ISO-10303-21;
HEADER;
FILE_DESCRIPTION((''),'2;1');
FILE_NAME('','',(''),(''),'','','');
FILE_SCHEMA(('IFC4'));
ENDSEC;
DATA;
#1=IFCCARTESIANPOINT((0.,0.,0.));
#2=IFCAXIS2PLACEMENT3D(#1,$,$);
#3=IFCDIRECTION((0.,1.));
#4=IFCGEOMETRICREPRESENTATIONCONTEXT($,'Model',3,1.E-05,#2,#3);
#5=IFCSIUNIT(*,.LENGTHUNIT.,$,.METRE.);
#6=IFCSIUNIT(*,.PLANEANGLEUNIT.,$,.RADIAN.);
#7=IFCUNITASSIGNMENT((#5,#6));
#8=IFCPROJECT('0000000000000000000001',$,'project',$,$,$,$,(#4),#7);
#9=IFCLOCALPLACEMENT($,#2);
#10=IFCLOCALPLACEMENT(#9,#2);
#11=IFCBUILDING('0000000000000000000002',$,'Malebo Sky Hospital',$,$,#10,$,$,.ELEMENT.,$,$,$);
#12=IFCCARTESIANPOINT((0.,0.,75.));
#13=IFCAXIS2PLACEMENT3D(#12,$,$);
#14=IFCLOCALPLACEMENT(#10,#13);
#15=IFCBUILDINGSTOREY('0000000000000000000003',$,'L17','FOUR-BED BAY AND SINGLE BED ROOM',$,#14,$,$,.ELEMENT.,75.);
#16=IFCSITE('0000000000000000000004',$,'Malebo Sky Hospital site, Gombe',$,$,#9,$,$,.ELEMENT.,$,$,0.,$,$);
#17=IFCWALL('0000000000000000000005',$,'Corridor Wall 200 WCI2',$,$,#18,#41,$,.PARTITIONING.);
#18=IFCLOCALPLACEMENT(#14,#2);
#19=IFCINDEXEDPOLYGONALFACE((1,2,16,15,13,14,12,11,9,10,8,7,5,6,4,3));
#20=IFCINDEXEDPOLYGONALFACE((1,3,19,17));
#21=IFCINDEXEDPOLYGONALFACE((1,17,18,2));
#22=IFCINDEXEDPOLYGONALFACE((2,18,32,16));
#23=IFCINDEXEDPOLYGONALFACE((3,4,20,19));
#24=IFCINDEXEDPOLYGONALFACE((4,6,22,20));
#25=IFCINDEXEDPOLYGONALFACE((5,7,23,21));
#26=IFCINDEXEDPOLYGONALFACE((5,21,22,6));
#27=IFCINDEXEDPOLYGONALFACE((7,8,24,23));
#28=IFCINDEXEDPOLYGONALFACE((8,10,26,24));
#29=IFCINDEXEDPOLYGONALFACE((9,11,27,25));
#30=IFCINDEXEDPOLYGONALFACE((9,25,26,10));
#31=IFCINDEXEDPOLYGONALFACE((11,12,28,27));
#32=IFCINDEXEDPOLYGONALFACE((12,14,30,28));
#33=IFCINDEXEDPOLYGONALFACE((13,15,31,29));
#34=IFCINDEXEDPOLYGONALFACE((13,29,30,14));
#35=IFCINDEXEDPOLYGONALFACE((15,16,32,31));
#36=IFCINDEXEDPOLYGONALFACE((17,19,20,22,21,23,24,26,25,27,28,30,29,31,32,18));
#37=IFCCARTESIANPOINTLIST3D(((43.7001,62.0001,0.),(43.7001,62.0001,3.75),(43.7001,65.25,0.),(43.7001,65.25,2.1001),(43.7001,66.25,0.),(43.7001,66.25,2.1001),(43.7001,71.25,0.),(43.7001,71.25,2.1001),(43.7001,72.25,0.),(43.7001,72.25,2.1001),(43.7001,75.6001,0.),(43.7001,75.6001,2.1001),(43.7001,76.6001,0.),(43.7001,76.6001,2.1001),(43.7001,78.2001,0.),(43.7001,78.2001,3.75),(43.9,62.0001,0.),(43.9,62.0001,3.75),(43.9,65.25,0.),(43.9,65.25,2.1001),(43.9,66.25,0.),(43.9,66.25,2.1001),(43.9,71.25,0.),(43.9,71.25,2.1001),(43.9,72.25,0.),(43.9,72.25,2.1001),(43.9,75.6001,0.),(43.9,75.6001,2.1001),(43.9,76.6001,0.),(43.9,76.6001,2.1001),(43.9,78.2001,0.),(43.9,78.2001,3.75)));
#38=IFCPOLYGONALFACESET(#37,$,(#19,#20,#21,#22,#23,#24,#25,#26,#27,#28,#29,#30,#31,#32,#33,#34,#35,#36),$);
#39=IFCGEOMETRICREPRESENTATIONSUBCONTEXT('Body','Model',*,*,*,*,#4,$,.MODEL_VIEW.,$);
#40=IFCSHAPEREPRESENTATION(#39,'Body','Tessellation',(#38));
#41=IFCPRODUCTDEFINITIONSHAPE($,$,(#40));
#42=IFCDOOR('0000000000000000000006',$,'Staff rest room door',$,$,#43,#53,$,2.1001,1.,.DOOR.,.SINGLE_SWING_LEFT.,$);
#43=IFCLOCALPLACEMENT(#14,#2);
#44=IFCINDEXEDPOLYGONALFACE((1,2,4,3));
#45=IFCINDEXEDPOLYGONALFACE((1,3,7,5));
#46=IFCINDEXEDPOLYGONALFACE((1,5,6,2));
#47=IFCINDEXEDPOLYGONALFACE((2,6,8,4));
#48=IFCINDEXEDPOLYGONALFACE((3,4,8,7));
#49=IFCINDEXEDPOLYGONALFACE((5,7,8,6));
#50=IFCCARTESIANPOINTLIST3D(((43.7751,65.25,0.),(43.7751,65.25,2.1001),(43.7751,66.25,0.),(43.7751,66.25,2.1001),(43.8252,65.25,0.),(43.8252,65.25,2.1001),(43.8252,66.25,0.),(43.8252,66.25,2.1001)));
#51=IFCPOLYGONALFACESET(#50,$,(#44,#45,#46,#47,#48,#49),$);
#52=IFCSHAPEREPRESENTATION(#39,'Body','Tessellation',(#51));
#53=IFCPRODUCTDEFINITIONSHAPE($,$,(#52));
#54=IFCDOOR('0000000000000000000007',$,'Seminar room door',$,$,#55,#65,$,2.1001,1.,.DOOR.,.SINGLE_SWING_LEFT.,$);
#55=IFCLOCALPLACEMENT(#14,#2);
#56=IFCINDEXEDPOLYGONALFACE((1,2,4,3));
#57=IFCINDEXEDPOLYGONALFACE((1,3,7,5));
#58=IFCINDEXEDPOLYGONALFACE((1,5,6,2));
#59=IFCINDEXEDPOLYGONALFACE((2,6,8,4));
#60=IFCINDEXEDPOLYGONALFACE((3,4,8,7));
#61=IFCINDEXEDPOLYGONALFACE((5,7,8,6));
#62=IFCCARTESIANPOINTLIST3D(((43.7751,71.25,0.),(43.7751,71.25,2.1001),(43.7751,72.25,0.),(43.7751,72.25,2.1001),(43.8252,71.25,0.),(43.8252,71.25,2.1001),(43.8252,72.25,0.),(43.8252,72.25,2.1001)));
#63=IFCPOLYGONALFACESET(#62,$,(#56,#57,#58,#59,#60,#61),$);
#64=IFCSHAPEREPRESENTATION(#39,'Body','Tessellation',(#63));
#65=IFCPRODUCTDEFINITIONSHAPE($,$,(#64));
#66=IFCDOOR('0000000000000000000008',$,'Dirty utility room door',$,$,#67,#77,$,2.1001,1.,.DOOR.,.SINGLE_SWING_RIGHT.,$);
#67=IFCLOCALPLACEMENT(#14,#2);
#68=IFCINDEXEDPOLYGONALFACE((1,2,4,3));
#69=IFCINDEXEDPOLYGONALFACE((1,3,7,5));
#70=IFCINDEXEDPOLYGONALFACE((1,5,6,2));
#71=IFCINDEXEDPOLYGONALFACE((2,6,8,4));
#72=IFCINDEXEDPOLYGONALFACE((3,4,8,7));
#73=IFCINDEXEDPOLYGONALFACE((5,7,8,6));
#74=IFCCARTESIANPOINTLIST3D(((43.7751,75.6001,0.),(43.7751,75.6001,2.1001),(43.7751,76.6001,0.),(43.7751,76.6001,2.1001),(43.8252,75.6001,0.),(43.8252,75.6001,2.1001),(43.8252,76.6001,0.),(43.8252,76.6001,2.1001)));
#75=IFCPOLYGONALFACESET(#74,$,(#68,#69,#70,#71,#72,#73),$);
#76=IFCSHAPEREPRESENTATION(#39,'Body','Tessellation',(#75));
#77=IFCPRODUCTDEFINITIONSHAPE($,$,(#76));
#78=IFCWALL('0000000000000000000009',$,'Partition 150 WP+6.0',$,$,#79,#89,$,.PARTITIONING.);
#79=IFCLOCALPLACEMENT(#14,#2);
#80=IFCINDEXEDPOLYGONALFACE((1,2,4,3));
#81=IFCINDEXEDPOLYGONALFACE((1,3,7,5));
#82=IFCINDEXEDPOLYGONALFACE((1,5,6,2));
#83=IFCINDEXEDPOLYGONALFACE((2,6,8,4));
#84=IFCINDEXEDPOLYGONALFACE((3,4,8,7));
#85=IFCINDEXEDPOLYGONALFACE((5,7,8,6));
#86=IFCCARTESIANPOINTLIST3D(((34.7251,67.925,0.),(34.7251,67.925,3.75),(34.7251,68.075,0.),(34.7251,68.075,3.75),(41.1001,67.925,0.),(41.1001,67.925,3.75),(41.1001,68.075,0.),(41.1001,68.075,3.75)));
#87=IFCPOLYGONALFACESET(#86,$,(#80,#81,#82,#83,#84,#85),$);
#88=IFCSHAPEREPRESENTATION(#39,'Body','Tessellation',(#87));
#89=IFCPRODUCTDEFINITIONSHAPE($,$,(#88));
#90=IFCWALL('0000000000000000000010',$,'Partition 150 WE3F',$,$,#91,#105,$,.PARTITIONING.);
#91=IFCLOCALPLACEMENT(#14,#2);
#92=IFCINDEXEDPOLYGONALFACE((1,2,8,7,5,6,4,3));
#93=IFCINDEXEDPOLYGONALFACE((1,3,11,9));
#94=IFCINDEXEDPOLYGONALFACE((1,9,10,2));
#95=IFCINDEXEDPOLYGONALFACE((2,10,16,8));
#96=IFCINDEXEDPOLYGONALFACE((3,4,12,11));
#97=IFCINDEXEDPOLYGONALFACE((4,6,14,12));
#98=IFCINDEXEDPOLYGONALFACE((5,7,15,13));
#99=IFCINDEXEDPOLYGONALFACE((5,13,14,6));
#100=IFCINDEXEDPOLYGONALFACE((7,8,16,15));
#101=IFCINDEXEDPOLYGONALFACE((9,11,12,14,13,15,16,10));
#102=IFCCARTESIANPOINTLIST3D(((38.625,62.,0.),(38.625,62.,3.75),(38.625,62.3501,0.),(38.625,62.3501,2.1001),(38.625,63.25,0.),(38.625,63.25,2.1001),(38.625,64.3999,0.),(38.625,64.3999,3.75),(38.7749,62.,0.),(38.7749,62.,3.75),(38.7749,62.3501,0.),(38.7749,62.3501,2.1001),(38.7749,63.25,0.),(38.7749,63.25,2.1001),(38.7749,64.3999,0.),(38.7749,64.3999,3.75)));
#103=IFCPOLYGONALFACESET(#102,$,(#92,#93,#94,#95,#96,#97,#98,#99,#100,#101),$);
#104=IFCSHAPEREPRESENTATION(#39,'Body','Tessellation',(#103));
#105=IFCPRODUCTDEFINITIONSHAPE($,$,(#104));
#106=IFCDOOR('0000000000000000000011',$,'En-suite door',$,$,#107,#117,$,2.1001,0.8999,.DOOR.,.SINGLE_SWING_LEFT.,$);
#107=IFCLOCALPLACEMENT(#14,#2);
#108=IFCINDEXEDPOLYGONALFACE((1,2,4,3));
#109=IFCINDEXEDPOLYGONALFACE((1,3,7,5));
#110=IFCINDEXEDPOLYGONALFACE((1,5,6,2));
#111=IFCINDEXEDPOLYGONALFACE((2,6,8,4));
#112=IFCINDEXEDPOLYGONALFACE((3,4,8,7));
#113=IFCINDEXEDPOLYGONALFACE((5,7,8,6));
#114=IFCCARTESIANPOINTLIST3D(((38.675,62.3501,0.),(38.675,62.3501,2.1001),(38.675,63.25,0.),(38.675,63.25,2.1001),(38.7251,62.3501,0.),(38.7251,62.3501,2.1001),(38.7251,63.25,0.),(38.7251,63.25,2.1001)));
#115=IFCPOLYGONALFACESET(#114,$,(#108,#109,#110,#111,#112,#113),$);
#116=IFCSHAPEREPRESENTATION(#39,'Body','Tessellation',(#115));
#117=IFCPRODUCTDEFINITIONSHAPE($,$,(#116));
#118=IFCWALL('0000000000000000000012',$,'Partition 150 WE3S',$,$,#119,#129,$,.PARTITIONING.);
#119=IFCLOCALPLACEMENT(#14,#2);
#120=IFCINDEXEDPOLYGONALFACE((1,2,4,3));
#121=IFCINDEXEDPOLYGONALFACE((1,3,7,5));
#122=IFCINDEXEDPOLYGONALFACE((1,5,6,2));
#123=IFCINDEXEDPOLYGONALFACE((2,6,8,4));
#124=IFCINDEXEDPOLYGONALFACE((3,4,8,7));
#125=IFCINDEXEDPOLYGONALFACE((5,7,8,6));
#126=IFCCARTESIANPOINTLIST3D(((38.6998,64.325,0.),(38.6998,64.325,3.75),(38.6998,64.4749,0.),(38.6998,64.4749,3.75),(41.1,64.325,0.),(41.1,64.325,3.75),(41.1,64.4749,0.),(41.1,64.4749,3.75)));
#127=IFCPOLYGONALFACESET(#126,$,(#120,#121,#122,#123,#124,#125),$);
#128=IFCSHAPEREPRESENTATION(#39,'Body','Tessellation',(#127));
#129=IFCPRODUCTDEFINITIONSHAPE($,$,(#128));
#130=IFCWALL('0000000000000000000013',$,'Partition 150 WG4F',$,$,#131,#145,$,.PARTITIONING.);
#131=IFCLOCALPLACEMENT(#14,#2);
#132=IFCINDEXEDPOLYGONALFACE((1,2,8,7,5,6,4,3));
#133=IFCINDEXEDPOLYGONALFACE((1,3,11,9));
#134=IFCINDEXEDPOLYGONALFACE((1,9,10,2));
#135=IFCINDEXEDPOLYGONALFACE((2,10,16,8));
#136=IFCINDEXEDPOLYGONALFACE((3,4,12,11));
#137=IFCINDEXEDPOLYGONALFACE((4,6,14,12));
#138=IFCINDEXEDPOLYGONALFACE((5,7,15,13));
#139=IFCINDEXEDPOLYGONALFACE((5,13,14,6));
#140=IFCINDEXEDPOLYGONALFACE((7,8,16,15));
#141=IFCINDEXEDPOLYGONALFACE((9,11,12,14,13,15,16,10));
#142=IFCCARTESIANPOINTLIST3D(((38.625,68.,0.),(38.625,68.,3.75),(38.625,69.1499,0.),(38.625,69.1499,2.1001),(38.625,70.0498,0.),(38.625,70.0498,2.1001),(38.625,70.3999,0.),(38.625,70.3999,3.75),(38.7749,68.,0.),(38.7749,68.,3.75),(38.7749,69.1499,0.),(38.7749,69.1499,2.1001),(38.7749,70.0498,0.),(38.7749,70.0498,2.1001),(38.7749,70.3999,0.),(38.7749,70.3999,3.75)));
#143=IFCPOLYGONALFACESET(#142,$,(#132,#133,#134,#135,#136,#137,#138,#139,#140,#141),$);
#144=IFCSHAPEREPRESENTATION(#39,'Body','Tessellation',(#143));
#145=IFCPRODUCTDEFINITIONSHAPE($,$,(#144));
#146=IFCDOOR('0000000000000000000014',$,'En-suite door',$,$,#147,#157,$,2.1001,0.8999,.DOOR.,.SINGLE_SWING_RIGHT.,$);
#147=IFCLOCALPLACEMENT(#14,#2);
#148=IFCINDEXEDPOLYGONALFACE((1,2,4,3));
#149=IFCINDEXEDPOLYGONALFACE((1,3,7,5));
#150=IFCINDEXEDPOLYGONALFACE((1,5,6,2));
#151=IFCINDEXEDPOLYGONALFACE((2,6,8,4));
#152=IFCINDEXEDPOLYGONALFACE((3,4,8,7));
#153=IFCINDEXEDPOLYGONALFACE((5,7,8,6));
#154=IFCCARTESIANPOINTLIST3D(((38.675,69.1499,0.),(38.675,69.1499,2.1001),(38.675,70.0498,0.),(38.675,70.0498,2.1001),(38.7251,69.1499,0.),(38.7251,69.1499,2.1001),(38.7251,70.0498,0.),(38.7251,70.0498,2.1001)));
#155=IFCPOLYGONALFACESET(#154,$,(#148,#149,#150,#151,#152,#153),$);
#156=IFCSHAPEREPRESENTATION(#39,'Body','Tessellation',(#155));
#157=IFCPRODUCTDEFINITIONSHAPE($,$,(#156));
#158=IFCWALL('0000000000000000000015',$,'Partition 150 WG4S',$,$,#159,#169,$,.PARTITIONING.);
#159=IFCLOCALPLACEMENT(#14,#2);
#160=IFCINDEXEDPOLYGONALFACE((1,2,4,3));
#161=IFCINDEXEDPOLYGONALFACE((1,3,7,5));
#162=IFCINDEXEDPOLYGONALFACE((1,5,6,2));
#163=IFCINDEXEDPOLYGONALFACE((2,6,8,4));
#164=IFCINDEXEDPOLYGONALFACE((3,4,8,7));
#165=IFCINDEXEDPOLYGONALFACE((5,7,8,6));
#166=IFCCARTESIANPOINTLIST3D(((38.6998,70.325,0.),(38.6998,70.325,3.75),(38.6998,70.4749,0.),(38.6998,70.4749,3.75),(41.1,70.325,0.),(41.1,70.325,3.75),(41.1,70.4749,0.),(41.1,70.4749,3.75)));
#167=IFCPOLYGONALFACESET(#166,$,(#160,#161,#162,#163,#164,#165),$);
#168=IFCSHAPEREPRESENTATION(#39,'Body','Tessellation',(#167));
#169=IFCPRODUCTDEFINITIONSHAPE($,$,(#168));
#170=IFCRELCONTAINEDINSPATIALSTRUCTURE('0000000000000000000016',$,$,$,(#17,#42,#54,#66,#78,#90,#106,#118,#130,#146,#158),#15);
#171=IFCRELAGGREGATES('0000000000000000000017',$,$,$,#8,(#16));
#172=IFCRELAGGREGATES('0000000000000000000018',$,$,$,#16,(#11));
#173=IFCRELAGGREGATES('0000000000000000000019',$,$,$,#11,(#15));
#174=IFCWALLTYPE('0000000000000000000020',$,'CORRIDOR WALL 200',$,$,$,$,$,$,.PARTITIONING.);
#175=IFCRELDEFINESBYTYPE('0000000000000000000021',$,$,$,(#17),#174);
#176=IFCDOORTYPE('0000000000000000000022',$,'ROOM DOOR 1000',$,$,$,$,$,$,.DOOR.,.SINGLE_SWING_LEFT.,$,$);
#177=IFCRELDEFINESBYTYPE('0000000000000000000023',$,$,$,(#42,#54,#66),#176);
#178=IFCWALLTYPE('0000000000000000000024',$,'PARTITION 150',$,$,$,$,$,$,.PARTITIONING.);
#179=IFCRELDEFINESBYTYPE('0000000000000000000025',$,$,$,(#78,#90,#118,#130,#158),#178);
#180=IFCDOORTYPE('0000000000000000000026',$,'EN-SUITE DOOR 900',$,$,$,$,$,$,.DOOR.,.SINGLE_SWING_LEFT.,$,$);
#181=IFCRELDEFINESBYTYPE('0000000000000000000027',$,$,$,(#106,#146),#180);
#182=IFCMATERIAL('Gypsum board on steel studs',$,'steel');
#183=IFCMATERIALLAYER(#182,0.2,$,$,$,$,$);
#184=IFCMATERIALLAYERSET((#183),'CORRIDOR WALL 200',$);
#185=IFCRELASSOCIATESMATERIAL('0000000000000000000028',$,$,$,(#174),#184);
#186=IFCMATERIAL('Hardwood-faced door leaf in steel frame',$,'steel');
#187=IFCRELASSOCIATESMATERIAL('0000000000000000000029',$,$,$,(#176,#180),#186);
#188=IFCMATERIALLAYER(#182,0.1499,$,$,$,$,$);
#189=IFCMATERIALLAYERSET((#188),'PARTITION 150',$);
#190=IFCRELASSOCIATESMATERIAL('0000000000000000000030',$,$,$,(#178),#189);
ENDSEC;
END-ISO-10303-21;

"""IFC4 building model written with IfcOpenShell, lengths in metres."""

from ifc_helpers import new_model, si_unit, direction, frame, frame_2d, origin, place, context, subcontext, project, spatial, rectangle, extrude, material, layer, layer_set, type_object, element, fill, save


model = new_model("IFC4")

# Units and contexts
model_context = context("Model", 3, precision=1e-05, world=origin(), true_north=direction((0.0, 1.0)))
body_context = subcontext(model_context, "Body", "Model", "MODEL_VIEW")
ifc_project = project(units=[si_unit("LENGTHUNIT", "METRE"), si_unit("PLANEANGLEUNIT", "RADIAN")], contexts=[model_context])

# Site, building, storey
site_placement = place(None, origin())
site = spatial("IfcSite", under=ifc_project, at=site_placement, Name="Malebo Sky Hospital site, Gombe", CompositionType="ELEMENT", RefElevation=0.0)
building_placement = place(site_placement, origin())
building = spatial("IfcBuilding", under=site, at=building_placement, Name="Malebo Sky Hospital", CompositionType="ELEMENT")
storey_placement = place(building_placement, frame((0.0, 0.0, 75.0)))
storey = spatial("IfcBuildingStorey", under=building, at=storey_placement, Name="L17", Description="FOUR-BED BAY AND SINGLE BED ROOM", CompositionType="ELEMENT", Elevation=75.0)

# Wall, openings, doors
ifc_material_1 = material(Name="Gypsum board on steel studs", Category="steel")
ifc_layer_1 = layer(ifc_material_1, 0.2)
ifc_layer_set_1 = layer_set([ifc_layer_1], Name="CORRIDOR WALL 200")
wall_type_1 = type_object("IfcWallType", Name="CORRIDOR WALL 200", PredefinedType="PARTITIONING", material=ifc_layer_set_1)
wall_1_placement = place(storey_placement, frame((43.8, 62.0, 0.0), z_axis=(0.0, 0.0, 1.0), x_axis=(0.0, 1.0, 0.0)))
wall_1 = element("IfcWall", 1, at=wall_1_placement, inside=storey, type_object=wall_type_1, Name="Corridor Wall 200 WCI2", PredefinedType="PARTITIONING", context=body_context, shape_type="SweptSolid", body=[
    extrude(rectangle(XDim=16.2, YDim=0.2, at=frame_2d((8.1001, 0.0))), origin(), (0.0, 0.0, 1.0), 3.75),
])
opening_1_placement = place(wall_1_placement, frame((3.25, 0.0, 0.0)))
opening_1 = element("IfcOpeningElement", 2, at=opening_1_placement, cuts=wall_1, PredefinedType="OPENING", context=body_context, shape_type="SweptSolid", body=[
    extrude(rectangle(XDim=1.0, YDim=2.1001, at=frame_2d((0.5, 1.05))), frame((0.0, 0.1099, 0.0), z_axis=(0.0, -1.0, 0.0), x_axis=(1.0, 0.0, 0.0)), (0.0, 0.0, 1.0), 0.22),
])
opening_2_placement = place(wall_1_placement, frame((9.25, 0.0, 0.0)))
opening_2 = element("IfcOpeningElement", 3, at=opening_2_placement, cuts=wall_1, PredefinedType="OPENING", context=body_context, shape_type="SweptSolid", body=[
    extrude(rectangle(XDim=1.0, YDim=2.1001, at=frame_2d((0.5, 1.05))), frame((0.0, 0.1099, 0.0), z_axis=(0.0, -1.0, 0.0), x_axis=(1.0, 0.0, 0.0)), (0.0, 0.0, 1.0), 0.22),
])
opening_3_placement = place(wall_1_placement, frame((13.6001, 0.0, 0.0)))
opening_3 = element("IfcOpeningElement", 4, at=opening_3_placement, cuts=wall_1, PredefinedType="OPENING", context=body_context, shape_type="SweptSolid", body=[
    extrude(rectangle(XDim=1.0, YDim=2.1001, at=frame_2d((0.5, 1.05))), frame((0.0, 0.1099, 0.0), z_axis=(0.0, -1.0, 0.0), x_axis=(1.0, 0.0, 0.0)), (0.0, 0.0, 1.0), 0.22),
])
ifc_material_2 = material(Name="Hardwood-faced door leaf in steel frame", Category="steel")
door_type_1 = type_object("IfcDoorType", Name="ROOM DOOR 1000", OperationType="SINGLE_SWING_LEFT", PredefinedType="DOOR", material=ifc_material_2)
door_1_placement = place(opening_1_placement, origin())
door_1 = element("IfcDoor", 5, at=door_1_placement, inside=storey, type_object=door_type_1, Name="Staff rest room door", OperationType="SINGLE_SWING_LEFT", OverallHeight=2.1001, OverallWidth=1.0, PredefinedType="DOOR", context=body_context, shape_type="SweptSolid", body=[
    extrude(rectangle(XDim=1.0, YDim=2.1001, at=frame_2d((0.5, 1.05))), frame((0.0, 0.0249, 0.0), z_axis=(0.0, -1.0, 0.0), x_axis=(1.0, 0.0, 0.0)), (0.0, 0.0, 1.0), 0.05),
])
fill(opening_1, door_1)
door_2_placement = place(opening_2_placement, origin())
door_2 = element("IfcDoor", 6, at=door_2_placement, inside=storey, type_object=door_type_1, Name="Seminar room door", OperationType="SINGLE_SWING_LEFT", OverallHeight=2.1001, OverallWidth=1.0, PredefinedType="DOOR", context=body_context, shape_type="SweptSolid", body=[
    extrude(rectangle(XDim=1.0, YDim=2.1001, at=frame_2d((0.5, 1.05))), frame((0.0, 0.0249, 0.0), z_axis=(0.0, -1.0, 0.0), x_axis=(1.0, 0.0, 0.0)), (0.0, 0.0, 1.0), 0.05),
])
fill(opening_2, door_2)
door_3_placement = place(opening_3_placement, origin())
door_3 = element("IfcDoor", 7, at=door_3_placement, inside=storey, type_object=door_type_1, Name="Dirty utility room door", OperationType="SINGLE_SWING_RIGHT", OverallHeight=2.1001, OverallWidth=1.0, PredefinedType="DOOR", context=body_context, shape_type="SweptSolid", body=[
    extrude(rectangle(XDim=1.0, YDim=2.1001, at=frame_2d((0.5, 1.05))), frame((0.0, 0.0249, 0.0), z_axis=(0.0, -1.0, 0.0), x_axis=(1.0, 0.0, 0.0)), (0.0, 0.0, 1.0), 0.05),
])
fill(opening_3, door_3)

# Wall
ifc_layer_2 = layer(ifc_material_1, 0.1499)
ifc_layer_set_2 = layer_set([ifc_layer_2], Name="PARTITION 150")
wall_type_2 = type_object("IfcWallType", Name="PARTITION 150", PredefinedType="PARTITIONING", material=ifc_layer_set_2)
wall_2_placement = place(storey_placement, frame((41.1001, 68.0, 0.0), z_axis=(0.0, 0.0, 1.0), x_axis=(-1.0, 0.0, 0.0)))
element("IfcWall", 8, at=wall_2_placement, inside=storey, type_object=wall_type_2, Name="Partition 150 WP+6.0", PredefinedType="PARTITIONING", context=body_context, shape_type="SweptSolid", body=[
    extrude(rectangle(XDim=6.375, YDim=0.1499, at=frame_2d((3.1875, 0.0))), origin(), (0.0, 0.0, 1.0), 3.75),
])

# Wall, opening, door
wall_3_placement = place(storey_placement, frame((38.7, 62.0, 0.0), z_axis=(0.0, 0.0, 1.0), x_axis=(0.0, 1.0, 0.0)))
wall_3 = element("IfcWall", 9, at=wall_3_placement, inside=storey, type_object=wall_type_2, Name="Partition 150 WE3F", PredefinedType="PARTITIONING", context=body_context, shape_type="SweptSolid", body=[
    extrude(rectangle(XDim=2.3999, YDim=0.1499, at=frame_2d((1.2, 0.0))), origin(), (0.0, 0.0, 1.0), 3.75),
])
opening_4_placement = place(wall_3_placement, frame((0.3501, 0.0, 0.0)))
opening_4 = element("IfcOpeningElement", 10, at=opening_4_placement, cuts=wall_3, PredefinedType="OPENING", context=body_context, shape_type="SweptSolid", body=[
    extrude(rectangle(XDim=0.8999, YDim=2.1001, at=frame_2d((0.45, 1.05))), frame((0.0, 0.085, 0.0), z_axis=(0.0, -1.0, 0.0), x_axis=(1.0, 0.0, 0.0)), (0.0, 0.0, 1.0), 0.1699),
])
door_type_2 = type_object("IfcDoorType", Name="EN-SUITE DOOR 900", OperationType="SINGLE_SWING_LEFT", PredefinedType="DOOR", material=ifc_material_2)
door_4_placement = place(opening_4_placement, origin())
door_4 = element("IfcDoor", 11, at=door_4_placement, inside=storey, type_object=door_type_2, Name="En-suite door", OperationType="SINGLE_SWING_LEFT", OverallHeight=2.1001, OverallWidth=0.8999, PredefinedType="DOOR", context=body_context, shape_type="SweptSolid", body=[
    extrude(rectangle(XDim=0.8999, YDim=2.1001, at=frame_2d((0.45, 1.05))), frame((0.0, 0.0249, 0.0), z_axis=(0.0, -1.0, 0.0), x_axis=(1.0, 0.0, 0.0)), (0.0, 0.0, 1.0), 0.05),
])
fill(opening_4, door_4)

# Wall
wall_4_placement = place(storey_placement, frame((41.1001, 64.3999, 0.0), z_axis=(0.0, 0.0, 1.0), x_axis=(-1.0, 0.0, 0.0)))
element("IfcWall", 12, at=wall_4_placement, inside=storey, type_object=wall_type_2, Name="Partition 150 WE3S", PredefinedType="PARTITIONING", context=body_context, shape_type="SweptSolid", body=[
    extrude(rectangle(XDim=2.4001, YDim=0.1499, at=frame_2d((1.2002, 0.0))), origin(), (0.0, 0.0, 1.0), 3.75),
])

# Wall, opening, door
wall_5_placement = place(storey_placement, frame((38.7, 68.0, 0.0), z_axis=(0.0, 0.0, 1.0), x_axis=(0.0, 1.0, 0.0)))
wall_5 = element("IfcWall", 13, at=wall_5_placement, inside=storey, type_object=wall_type_2, Name="Partition 150 WG4F", PredefinedType="PARTITIONING", context=body_context, shape_type="SweptSolid", body=[
    extrude(rectangle(XDim=2.3999, YDim=0.1499, at=frame_2d((1.2, 0.0))), origin(), (0.0, 0.0, 1.0), 3.75),
])
opening_5_placement = place(wall_5_placement, frame((1.1499, 0.0, 0.0)))
opening_5 = element("IfcOpeningElement", 14, at=opening_5_placement, cuts=wall_5, PredefinedType="OPENING", context=body_context, shape_type="SweptSolid", body=[
    extrude(rectangle(XDim=0.8999, YDim=2.1001, at=frame_2d((0.45, 1.05))), frame((0.0, 0.085, 0.0), z_axis=(0.0, -1.0, 0.0), x_axis=(1.0, 0.0, 0.0)), (0.0, 0.0, 1.0), 0.1699),
])
door_5_placement = place(opening_5_placement, origin())
door_5 = element("IfcDoor", 15, at=door_5_placement, inside=storey, type_object=door_type_2, Name="En-suite door", OperationType="SINGLE_SWING_RIGHT", OverallHeight=2.1001, OverallWidth=0.8999, PredefinedType="DOOR", context=body_context, shape_type="SweptSolid", body=[
    extrude(rectangle(XDim=0.8999, YDim=2.1001, at=frame_2d((0.45, 1.05))), frame((0.0, 0.0249, 0.0), z_axis=(0.0, -1.0, 0.0), x_axis=(1.0, 0.0, 0.0)), (0.0, 0.0, 1.0), 0.05),
])
fill(opening_5, door_5)

# Wall
wall_6_placement = place(storey_placement, frame((41.1001, 70.3999, 0.0), z_axis=(0.0, 0.0, 1.0), x_axis=(-1.0, 0.0, 0.0)))
element("IfcWall", 16, at=wall_6_placement, inside=storey, type_object=wall_type_2, Name="Partition 150 WG4S", PredefinedType="PARTITIONING", context=body_context, shape_type="SweptSolid", body=[
    extrude(rectangle(XDim=2.4001, YDim=0.1499, at=frame_2d((1.2002, 0.0))), origin(), (0.0, 0.0, 1.0), 3.75),
])

save(model, "model.ifc")
